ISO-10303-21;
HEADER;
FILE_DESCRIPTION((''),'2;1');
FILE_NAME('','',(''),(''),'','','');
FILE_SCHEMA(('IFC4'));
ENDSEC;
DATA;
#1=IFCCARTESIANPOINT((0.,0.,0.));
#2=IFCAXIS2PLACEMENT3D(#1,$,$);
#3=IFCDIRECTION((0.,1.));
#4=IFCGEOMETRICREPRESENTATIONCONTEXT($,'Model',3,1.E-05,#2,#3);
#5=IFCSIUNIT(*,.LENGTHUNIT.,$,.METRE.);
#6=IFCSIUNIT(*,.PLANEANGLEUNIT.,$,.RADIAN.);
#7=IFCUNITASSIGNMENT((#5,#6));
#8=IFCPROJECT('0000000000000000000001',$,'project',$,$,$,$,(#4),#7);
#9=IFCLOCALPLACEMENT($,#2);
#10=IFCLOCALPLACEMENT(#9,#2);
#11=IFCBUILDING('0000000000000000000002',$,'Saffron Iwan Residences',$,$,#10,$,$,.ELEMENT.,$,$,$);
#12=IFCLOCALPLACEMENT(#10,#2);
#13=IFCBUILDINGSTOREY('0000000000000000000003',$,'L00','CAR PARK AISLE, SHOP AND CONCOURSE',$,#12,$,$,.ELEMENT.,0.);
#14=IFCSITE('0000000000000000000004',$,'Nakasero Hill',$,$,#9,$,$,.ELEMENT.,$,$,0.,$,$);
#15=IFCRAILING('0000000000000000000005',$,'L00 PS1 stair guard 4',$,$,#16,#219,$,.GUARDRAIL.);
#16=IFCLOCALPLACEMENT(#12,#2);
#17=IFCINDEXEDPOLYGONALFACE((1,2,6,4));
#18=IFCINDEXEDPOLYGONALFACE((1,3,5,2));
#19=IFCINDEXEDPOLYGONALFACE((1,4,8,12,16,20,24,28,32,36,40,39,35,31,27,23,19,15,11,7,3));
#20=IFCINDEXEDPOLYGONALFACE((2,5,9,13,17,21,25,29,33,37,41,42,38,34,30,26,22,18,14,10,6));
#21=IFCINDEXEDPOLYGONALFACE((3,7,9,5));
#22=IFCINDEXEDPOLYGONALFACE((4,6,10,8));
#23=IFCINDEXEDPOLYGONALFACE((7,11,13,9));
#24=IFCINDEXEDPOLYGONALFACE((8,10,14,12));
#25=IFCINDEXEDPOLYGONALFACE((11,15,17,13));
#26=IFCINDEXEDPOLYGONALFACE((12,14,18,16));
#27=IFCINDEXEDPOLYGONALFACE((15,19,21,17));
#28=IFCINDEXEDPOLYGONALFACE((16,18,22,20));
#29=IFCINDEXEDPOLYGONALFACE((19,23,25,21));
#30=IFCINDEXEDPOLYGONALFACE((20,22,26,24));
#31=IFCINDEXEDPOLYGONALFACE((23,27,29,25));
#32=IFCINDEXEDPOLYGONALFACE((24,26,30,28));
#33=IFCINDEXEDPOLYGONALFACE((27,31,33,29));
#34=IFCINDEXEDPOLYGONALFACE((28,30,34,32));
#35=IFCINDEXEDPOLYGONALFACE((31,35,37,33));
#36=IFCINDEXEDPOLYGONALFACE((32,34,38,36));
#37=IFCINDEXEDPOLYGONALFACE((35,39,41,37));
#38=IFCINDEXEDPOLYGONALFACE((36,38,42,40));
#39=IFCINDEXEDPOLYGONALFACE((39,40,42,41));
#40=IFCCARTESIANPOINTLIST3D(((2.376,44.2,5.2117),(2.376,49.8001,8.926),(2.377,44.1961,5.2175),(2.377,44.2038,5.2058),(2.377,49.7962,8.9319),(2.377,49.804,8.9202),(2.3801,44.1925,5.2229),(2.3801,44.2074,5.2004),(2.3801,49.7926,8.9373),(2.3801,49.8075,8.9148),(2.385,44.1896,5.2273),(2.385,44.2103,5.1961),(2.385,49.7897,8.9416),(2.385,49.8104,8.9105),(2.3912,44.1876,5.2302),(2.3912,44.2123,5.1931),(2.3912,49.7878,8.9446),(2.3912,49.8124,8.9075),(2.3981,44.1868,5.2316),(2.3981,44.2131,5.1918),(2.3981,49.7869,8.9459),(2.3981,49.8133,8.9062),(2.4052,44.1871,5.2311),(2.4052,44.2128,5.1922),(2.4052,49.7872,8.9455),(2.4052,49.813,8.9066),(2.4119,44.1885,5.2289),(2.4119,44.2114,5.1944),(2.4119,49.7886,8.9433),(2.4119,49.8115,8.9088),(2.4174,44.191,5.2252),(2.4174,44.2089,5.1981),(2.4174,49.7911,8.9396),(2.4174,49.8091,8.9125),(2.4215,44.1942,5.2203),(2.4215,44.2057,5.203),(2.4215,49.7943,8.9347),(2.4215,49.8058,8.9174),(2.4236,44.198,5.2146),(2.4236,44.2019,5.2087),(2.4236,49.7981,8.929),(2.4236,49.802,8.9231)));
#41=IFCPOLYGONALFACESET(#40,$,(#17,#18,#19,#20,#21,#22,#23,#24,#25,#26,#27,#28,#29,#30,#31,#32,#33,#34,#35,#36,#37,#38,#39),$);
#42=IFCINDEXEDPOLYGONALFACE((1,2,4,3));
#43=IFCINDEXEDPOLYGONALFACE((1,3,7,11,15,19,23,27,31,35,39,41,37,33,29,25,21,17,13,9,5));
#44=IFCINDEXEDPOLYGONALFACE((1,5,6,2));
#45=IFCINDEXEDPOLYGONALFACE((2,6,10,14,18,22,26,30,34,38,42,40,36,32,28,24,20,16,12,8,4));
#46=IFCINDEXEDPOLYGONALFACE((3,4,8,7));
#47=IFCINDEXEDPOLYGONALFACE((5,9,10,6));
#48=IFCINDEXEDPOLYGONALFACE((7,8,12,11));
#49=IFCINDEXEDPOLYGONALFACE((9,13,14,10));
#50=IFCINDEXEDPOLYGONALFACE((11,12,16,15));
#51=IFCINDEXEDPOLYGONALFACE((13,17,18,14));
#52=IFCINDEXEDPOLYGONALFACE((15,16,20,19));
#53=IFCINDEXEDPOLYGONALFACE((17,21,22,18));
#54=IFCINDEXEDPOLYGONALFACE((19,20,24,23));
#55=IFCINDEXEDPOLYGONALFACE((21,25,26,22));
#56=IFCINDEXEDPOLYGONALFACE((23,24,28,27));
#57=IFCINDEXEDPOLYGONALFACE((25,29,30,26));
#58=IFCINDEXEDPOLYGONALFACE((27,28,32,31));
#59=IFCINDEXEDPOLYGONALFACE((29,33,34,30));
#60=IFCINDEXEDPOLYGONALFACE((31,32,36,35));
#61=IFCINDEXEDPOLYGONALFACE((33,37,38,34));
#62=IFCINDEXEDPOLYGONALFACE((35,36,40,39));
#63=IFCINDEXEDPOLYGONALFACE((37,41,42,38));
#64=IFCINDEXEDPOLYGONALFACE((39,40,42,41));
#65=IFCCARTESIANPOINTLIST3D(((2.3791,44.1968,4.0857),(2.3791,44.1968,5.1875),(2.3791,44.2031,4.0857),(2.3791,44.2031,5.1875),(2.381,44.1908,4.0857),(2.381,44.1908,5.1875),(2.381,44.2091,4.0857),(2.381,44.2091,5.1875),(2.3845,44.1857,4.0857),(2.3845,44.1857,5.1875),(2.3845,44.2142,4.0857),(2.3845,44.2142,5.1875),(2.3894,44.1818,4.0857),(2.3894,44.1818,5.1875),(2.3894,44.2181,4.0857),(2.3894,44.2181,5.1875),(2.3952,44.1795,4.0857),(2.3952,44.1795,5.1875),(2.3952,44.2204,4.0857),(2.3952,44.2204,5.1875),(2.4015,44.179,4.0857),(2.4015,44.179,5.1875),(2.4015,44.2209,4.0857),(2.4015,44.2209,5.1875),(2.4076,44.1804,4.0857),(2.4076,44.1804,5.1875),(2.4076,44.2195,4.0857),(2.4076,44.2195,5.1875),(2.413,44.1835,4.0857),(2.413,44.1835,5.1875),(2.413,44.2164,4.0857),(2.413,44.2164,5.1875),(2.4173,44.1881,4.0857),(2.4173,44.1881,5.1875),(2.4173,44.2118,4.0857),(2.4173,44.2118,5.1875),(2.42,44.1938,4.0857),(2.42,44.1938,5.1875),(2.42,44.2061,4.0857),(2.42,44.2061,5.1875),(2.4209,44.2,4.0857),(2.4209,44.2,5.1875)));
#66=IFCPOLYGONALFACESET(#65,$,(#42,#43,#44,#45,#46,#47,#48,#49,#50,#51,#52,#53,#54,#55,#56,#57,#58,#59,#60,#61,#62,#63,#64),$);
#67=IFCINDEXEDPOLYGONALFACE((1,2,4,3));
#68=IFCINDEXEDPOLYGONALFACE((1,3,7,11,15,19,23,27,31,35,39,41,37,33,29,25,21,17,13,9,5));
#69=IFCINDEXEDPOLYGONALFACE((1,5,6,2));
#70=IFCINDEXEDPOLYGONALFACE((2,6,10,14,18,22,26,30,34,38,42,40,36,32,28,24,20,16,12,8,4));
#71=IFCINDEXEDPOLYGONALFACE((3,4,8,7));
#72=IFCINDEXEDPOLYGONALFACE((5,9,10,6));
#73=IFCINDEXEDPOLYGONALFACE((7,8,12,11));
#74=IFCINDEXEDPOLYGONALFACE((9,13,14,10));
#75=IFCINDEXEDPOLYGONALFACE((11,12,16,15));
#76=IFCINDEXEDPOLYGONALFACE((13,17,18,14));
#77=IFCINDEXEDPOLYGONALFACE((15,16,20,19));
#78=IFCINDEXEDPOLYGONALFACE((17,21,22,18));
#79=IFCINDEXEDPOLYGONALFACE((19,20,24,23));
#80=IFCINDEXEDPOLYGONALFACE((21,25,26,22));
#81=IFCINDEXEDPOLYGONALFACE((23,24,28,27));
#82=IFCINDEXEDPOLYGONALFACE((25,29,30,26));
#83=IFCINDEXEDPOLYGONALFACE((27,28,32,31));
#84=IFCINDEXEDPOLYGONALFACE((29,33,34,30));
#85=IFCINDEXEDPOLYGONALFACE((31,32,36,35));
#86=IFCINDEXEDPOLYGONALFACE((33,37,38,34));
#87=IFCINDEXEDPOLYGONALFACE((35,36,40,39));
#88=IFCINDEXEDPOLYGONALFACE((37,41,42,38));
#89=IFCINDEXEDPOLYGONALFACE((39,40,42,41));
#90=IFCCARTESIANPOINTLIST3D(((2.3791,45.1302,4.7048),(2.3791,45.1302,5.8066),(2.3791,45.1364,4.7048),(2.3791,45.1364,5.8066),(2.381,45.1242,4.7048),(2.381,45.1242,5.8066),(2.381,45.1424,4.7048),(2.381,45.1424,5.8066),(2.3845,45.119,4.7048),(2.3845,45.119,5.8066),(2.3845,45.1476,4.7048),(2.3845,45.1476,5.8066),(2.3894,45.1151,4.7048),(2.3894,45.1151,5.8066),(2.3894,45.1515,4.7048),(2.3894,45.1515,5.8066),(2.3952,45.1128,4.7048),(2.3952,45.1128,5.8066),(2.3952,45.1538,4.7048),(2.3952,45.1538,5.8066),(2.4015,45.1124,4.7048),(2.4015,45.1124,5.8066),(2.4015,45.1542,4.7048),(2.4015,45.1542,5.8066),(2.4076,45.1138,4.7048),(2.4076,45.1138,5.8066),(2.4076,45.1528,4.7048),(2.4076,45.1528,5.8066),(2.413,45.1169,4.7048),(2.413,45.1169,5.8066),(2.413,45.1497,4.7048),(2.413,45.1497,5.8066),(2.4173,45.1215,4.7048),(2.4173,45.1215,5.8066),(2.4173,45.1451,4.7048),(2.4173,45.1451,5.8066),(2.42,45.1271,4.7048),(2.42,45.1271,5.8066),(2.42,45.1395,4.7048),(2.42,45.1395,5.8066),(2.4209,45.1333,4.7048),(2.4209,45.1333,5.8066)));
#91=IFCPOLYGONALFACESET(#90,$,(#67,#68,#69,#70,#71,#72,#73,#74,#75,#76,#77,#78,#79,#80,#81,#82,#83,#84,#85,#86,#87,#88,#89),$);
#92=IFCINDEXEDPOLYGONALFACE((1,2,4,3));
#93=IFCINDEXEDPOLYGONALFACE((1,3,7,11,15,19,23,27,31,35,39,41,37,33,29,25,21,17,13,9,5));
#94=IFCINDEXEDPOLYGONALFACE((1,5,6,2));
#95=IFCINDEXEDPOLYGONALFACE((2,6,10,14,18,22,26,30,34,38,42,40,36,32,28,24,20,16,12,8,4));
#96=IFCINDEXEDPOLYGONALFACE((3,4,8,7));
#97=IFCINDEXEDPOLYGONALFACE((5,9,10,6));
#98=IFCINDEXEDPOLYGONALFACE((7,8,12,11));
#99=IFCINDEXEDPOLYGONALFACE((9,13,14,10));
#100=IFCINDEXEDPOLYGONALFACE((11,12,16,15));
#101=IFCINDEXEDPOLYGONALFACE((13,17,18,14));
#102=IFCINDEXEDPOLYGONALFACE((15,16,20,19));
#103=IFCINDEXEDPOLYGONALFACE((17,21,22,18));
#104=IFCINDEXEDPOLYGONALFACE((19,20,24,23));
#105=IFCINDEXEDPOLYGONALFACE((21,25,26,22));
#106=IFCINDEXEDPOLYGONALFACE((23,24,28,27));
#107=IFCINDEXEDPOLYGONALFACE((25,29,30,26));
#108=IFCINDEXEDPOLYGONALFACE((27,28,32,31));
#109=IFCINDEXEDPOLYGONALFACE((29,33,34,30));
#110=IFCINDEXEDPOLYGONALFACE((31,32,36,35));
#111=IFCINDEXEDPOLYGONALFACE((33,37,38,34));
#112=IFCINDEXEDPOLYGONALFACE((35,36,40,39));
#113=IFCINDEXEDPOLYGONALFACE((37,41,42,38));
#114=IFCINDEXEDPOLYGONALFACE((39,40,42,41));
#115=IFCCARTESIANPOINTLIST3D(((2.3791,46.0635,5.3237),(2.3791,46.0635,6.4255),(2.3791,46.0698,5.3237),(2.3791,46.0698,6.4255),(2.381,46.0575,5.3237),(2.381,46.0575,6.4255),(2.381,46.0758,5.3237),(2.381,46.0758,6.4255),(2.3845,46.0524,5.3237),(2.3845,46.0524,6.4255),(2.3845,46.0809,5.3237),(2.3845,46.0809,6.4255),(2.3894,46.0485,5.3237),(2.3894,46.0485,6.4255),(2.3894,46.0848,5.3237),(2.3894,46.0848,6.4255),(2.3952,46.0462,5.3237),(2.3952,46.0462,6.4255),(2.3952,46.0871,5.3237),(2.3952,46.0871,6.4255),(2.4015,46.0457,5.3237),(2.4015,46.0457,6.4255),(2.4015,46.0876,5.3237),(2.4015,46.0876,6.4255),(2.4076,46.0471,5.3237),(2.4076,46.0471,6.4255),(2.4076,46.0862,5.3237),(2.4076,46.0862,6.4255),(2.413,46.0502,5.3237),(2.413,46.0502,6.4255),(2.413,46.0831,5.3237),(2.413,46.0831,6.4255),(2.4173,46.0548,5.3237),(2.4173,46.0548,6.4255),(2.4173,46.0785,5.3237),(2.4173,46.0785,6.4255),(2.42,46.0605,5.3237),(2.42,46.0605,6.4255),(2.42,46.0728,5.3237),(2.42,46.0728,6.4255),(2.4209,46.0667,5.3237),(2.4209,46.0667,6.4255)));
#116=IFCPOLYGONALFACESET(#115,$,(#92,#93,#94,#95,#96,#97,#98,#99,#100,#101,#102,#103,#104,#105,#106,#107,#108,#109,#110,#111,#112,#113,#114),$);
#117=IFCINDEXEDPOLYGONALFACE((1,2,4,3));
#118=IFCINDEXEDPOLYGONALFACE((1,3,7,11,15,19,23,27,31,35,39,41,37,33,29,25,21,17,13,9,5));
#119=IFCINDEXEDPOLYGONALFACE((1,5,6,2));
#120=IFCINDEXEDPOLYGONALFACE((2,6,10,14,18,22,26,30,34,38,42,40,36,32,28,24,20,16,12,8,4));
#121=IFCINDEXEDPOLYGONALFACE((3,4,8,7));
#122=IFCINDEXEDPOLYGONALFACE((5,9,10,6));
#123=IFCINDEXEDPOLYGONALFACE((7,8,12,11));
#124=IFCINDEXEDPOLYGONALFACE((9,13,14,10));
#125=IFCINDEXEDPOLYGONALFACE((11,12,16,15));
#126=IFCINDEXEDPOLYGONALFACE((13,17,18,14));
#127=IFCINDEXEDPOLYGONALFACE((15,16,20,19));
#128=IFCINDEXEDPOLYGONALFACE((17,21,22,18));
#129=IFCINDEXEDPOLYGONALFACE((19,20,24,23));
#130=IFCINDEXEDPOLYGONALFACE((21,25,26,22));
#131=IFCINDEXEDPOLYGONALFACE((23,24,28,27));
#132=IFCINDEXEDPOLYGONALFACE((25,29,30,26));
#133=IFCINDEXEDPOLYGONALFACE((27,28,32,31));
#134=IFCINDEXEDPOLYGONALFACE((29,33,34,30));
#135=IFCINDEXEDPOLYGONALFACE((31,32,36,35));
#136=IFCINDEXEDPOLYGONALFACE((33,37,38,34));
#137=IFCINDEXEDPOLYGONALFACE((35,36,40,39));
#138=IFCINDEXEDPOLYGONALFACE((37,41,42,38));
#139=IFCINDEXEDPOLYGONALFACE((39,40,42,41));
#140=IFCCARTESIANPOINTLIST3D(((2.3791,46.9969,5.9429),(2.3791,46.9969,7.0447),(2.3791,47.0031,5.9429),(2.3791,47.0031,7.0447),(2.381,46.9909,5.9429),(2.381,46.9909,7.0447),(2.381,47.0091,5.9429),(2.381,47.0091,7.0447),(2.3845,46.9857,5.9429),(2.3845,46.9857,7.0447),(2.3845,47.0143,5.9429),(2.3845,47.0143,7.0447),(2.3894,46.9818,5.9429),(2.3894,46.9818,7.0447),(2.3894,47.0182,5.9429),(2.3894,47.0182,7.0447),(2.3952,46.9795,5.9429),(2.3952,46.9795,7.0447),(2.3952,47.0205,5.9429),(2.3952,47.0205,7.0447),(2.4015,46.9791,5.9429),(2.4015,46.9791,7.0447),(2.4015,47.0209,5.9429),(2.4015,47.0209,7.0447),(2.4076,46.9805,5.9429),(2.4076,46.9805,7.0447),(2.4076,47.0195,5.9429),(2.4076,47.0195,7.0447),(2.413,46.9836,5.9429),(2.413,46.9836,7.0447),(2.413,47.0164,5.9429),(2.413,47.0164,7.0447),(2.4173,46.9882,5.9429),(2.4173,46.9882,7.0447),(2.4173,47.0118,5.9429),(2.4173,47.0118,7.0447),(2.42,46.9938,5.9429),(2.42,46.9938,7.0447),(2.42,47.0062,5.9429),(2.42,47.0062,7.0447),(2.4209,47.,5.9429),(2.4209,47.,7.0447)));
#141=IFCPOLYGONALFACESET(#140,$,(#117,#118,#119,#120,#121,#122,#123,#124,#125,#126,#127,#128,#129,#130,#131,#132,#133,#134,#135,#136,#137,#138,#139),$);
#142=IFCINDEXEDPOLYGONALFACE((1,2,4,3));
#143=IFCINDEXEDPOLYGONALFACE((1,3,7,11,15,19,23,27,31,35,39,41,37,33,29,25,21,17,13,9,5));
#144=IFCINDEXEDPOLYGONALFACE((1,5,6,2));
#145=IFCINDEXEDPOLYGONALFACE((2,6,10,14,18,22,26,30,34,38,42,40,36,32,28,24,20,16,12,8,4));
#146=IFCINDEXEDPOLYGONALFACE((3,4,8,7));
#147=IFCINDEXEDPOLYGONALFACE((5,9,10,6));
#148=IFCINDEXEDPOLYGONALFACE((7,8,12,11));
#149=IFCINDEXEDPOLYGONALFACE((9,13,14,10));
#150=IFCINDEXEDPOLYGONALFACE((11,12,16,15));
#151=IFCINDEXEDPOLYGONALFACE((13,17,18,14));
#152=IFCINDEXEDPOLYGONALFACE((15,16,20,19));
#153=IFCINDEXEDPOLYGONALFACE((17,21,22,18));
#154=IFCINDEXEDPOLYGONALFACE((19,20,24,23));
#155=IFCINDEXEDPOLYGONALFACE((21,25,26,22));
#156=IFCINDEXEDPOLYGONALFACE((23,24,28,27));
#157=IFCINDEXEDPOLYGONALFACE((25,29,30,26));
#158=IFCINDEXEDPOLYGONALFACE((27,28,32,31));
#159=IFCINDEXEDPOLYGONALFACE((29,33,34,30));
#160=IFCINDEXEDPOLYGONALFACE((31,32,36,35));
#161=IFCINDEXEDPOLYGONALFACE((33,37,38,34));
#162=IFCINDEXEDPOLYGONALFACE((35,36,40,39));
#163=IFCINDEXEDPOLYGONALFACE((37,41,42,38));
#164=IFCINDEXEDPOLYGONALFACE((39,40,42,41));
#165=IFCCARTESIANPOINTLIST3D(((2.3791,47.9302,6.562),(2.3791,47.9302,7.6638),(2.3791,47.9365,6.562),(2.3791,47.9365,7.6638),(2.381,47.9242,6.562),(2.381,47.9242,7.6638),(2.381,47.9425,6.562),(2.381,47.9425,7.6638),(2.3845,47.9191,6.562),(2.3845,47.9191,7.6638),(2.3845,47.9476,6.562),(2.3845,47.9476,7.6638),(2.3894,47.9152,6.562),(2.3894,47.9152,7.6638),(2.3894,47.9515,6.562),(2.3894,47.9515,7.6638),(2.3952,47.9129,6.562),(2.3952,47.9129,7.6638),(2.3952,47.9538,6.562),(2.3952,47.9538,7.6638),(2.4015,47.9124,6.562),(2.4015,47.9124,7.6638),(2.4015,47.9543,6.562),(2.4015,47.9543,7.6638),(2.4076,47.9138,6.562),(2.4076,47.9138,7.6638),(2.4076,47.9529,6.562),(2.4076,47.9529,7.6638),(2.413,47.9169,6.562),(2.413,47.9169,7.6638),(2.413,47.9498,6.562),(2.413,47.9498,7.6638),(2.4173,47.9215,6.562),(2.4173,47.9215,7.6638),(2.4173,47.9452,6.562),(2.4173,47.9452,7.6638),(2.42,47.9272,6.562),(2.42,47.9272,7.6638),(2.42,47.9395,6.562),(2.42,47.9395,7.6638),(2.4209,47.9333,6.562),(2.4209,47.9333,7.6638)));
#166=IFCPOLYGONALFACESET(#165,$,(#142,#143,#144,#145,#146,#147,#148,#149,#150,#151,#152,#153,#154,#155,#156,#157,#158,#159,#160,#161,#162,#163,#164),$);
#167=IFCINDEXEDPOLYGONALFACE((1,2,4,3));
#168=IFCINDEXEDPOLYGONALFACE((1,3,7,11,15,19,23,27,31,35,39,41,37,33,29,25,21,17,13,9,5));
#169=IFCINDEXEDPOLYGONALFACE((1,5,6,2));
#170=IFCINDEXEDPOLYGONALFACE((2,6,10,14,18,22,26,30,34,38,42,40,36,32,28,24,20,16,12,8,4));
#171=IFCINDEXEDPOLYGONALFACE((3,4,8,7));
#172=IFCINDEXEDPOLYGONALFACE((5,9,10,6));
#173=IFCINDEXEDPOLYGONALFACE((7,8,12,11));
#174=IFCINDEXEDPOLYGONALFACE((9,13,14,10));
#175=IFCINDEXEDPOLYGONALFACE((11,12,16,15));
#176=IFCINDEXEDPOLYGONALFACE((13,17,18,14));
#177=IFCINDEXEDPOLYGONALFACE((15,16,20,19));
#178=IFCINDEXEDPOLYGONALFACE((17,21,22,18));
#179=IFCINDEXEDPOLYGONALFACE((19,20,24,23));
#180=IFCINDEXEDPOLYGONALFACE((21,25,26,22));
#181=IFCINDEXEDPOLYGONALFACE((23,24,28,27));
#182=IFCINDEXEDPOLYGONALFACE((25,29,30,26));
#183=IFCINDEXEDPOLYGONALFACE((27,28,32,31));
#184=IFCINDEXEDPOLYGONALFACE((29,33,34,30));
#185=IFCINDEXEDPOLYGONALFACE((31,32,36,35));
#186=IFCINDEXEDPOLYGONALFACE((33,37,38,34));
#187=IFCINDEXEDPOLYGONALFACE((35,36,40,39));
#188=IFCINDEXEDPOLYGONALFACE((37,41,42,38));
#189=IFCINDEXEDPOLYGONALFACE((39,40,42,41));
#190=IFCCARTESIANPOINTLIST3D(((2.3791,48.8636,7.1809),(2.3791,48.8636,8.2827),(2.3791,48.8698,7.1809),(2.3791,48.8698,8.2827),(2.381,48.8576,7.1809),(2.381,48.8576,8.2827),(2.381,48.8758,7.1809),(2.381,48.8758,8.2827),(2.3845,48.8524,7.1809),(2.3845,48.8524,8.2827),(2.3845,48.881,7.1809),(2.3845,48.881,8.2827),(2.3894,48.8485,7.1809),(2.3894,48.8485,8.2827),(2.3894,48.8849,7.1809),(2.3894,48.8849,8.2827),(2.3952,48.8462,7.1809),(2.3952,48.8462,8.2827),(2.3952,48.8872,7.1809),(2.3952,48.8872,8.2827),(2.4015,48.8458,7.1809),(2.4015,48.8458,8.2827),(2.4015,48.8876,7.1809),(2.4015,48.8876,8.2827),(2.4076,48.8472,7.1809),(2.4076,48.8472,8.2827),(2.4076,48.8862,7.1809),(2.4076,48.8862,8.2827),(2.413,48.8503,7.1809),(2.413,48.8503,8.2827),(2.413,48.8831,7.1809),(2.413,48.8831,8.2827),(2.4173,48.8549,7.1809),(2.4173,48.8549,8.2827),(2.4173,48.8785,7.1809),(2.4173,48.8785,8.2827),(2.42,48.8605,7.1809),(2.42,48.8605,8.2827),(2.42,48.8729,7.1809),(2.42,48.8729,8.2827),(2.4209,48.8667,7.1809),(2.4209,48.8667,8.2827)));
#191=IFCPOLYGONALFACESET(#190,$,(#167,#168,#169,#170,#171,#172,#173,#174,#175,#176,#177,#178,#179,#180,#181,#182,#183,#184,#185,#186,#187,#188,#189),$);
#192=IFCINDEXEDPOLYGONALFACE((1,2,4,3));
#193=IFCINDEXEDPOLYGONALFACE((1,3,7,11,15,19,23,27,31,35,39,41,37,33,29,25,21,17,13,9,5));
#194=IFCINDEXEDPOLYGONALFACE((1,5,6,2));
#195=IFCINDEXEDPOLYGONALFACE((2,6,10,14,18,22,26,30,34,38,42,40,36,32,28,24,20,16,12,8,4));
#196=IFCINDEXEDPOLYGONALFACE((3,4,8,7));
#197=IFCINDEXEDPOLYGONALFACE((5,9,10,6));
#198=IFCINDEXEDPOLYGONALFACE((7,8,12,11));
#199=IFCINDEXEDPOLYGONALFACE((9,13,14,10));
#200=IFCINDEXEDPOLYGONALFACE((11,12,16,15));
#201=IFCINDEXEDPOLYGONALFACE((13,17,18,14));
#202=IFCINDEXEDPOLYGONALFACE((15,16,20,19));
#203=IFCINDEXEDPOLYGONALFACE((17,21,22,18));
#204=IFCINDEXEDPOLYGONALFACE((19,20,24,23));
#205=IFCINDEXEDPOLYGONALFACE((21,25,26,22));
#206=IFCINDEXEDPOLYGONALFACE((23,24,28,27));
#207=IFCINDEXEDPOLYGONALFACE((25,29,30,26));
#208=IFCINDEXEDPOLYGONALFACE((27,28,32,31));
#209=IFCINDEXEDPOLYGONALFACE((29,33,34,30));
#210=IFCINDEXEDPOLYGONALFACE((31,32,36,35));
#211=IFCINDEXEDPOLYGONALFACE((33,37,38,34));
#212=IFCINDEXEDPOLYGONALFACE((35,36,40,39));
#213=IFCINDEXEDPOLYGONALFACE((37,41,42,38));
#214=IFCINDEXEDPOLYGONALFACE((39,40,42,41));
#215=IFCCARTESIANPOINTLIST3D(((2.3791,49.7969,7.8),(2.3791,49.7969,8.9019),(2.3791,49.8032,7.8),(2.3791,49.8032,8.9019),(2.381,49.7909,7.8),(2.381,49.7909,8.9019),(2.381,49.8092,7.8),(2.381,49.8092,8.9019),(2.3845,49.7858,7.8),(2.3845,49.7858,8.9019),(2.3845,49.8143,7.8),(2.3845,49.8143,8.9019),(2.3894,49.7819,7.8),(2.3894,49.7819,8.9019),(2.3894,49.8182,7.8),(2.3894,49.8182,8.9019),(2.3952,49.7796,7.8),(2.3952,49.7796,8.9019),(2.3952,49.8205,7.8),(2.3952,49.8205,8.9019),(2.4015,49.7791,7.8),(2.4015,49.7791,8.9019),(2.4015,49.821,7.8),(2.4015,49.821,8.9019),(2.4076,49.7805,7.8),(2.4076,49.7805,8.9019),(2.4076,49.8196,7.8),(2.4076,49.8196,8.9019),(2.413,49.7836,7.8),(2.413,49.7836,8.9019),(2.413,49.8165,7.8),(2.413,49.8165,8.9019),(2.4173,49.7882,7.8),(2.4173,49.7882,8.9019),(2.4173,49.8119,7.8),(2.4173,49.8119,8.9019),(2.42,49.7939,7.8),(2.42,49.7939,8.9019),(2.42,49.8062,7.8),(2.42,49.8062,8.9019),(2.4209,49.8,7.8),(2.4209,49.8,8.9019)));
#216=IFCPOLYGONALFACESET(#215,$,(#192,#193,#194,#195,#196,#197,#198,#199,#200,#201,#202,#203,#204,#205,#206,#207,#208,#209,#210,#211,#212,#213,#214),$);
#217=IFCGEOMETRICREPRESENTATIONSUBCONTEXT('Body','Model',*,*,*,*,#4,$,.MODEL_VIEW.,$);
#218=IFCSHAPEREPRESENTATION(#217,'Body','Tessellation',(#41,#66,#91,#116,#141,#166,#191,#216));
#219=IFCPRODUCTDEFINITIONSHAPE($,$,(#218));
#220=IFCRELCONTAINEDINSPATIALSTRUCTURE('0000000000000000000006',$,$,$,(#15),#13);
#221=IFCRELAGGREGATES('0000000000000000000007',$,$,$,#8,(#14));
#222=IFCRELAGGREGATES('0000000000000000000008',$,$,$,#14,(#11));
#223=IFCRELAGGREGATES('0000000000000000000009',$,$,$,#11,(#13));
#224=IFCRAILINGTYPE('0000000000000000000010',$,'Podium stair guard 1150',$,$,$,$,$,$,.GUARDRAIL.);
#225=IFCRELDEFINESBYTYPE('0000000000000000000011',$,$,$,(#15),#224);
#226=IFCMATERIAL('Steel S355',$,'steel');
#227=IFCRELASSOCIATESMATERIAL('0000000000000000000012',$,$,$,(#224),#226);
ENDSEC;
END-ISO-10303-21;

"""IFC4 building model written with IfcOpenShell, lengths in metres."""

from ifc_helpers import new_model, si_unit, direction, frame, origin, origin_2d, place, context, subcontext, project, spatial, circle, extrude, material, type_object, element, save


model = new_model("IFC4")

# Units and contexts
model_context = context("Model", 3, precision=1e-05, world=origin(), true_north=direction((0.0, 1.0)))
body_context = subcontext(model_context, "Body", "Model", "MODEL_VIEW")
ifc_project = project(units=[si_unit("LENGTHUNIT", "METRE"), si_unit("PLANEANGLEUNIT", "RADIAN")], contexts=[model_context])

# Site, building, storey
site_placement = place(None, origin())
site = spatial("IfcSite", under=ifc_project, at=site_placement, Name="Nakasero Hill", CompositionType="ELEMENT", RefElevation=0.0)
building_placement = place(site_placement, origin())
building = spatial("IfcBuilding", under=site, at=building_placement, Name="Saffron Iwan Residences", CompositionType="ELEMENT")
storey_placement = place(building_placement, origin())
storey = spatial("IfcBuildingStorey", under=building, at=storey_placement, Name="L00", Description="CAR PARK AISLE, SHOP AND CONCOURSE", CompositionType="ELEMENT", Elevation=0.0)

# Railing
ifc_material_1 = material(Name="Steel S355", Category="steel")
railing_type_1 = type_object("IfcRailingType", Name="Podium stair guard 1150", PredefinedType="GUARDRAIL", material=ifc_material_1)
railing_1_placement = place(storey_placement, frame((2.3999, 44.2, 4.0857)))
element("IfcRailing", 1, at=railing_1_placement, inside=storey, type_object=railing_type_1, Name="L00 PS1 stair guard 4", PredefinedType="GUARDRAIL", context=body_context, shape_type="SweptSolid", body=[
    extrude(circle(Radius=0.0239, at=origin_2d()), frame((0.0, 0.0, 1.126), z_axis=(0.0, 0.833356, 0.552737), x_axis=(-1.0, 0.0, 0.0)), (0.0, 0.0, 1.0), 6.72),
    extrude(circle(Radius=0.021, at=origin_2d()), origin(), (0.0, 0.0, 1.0), 1.1018),
    extrude(circle(Radius=0.021, at=origin_2d()), frame((0.0, 0.9333, 0.6191)), (0.0, 0.0, 1.0), 1.1018),
    extrude(circle(Radius=0.021, at=origin_2d()), frame((0.0, 1.8667, 1.238)), (0.0, 0.0, 1.0), 1.1018),
    extrude(circle(Radius=0.021, at=origin_2d()), frame((0.0, 2.8, 1.8572)), (0.0, 0.0, 1.0), 1.1018),
    extrude(circle(Radius=0.021, at=origin_2d()), frame((0.0, 3.7334, 2.4763)), (0.0, 0.0, 1.0), 1.1018),
    extrude(circle(Radius=0.021, at=origin_2d()), frame((0.0, 4.6667, 3.0952)), (0.0, 0.0, 1.0), 1.1018),
    extrude(circle(Radius=0.021, at=origin_2d()), frame((0.0, 5.6001, 3.7144)), (0.0, 0.0, 1.0), 1.1018),
])

save(model, "model.ifc")
